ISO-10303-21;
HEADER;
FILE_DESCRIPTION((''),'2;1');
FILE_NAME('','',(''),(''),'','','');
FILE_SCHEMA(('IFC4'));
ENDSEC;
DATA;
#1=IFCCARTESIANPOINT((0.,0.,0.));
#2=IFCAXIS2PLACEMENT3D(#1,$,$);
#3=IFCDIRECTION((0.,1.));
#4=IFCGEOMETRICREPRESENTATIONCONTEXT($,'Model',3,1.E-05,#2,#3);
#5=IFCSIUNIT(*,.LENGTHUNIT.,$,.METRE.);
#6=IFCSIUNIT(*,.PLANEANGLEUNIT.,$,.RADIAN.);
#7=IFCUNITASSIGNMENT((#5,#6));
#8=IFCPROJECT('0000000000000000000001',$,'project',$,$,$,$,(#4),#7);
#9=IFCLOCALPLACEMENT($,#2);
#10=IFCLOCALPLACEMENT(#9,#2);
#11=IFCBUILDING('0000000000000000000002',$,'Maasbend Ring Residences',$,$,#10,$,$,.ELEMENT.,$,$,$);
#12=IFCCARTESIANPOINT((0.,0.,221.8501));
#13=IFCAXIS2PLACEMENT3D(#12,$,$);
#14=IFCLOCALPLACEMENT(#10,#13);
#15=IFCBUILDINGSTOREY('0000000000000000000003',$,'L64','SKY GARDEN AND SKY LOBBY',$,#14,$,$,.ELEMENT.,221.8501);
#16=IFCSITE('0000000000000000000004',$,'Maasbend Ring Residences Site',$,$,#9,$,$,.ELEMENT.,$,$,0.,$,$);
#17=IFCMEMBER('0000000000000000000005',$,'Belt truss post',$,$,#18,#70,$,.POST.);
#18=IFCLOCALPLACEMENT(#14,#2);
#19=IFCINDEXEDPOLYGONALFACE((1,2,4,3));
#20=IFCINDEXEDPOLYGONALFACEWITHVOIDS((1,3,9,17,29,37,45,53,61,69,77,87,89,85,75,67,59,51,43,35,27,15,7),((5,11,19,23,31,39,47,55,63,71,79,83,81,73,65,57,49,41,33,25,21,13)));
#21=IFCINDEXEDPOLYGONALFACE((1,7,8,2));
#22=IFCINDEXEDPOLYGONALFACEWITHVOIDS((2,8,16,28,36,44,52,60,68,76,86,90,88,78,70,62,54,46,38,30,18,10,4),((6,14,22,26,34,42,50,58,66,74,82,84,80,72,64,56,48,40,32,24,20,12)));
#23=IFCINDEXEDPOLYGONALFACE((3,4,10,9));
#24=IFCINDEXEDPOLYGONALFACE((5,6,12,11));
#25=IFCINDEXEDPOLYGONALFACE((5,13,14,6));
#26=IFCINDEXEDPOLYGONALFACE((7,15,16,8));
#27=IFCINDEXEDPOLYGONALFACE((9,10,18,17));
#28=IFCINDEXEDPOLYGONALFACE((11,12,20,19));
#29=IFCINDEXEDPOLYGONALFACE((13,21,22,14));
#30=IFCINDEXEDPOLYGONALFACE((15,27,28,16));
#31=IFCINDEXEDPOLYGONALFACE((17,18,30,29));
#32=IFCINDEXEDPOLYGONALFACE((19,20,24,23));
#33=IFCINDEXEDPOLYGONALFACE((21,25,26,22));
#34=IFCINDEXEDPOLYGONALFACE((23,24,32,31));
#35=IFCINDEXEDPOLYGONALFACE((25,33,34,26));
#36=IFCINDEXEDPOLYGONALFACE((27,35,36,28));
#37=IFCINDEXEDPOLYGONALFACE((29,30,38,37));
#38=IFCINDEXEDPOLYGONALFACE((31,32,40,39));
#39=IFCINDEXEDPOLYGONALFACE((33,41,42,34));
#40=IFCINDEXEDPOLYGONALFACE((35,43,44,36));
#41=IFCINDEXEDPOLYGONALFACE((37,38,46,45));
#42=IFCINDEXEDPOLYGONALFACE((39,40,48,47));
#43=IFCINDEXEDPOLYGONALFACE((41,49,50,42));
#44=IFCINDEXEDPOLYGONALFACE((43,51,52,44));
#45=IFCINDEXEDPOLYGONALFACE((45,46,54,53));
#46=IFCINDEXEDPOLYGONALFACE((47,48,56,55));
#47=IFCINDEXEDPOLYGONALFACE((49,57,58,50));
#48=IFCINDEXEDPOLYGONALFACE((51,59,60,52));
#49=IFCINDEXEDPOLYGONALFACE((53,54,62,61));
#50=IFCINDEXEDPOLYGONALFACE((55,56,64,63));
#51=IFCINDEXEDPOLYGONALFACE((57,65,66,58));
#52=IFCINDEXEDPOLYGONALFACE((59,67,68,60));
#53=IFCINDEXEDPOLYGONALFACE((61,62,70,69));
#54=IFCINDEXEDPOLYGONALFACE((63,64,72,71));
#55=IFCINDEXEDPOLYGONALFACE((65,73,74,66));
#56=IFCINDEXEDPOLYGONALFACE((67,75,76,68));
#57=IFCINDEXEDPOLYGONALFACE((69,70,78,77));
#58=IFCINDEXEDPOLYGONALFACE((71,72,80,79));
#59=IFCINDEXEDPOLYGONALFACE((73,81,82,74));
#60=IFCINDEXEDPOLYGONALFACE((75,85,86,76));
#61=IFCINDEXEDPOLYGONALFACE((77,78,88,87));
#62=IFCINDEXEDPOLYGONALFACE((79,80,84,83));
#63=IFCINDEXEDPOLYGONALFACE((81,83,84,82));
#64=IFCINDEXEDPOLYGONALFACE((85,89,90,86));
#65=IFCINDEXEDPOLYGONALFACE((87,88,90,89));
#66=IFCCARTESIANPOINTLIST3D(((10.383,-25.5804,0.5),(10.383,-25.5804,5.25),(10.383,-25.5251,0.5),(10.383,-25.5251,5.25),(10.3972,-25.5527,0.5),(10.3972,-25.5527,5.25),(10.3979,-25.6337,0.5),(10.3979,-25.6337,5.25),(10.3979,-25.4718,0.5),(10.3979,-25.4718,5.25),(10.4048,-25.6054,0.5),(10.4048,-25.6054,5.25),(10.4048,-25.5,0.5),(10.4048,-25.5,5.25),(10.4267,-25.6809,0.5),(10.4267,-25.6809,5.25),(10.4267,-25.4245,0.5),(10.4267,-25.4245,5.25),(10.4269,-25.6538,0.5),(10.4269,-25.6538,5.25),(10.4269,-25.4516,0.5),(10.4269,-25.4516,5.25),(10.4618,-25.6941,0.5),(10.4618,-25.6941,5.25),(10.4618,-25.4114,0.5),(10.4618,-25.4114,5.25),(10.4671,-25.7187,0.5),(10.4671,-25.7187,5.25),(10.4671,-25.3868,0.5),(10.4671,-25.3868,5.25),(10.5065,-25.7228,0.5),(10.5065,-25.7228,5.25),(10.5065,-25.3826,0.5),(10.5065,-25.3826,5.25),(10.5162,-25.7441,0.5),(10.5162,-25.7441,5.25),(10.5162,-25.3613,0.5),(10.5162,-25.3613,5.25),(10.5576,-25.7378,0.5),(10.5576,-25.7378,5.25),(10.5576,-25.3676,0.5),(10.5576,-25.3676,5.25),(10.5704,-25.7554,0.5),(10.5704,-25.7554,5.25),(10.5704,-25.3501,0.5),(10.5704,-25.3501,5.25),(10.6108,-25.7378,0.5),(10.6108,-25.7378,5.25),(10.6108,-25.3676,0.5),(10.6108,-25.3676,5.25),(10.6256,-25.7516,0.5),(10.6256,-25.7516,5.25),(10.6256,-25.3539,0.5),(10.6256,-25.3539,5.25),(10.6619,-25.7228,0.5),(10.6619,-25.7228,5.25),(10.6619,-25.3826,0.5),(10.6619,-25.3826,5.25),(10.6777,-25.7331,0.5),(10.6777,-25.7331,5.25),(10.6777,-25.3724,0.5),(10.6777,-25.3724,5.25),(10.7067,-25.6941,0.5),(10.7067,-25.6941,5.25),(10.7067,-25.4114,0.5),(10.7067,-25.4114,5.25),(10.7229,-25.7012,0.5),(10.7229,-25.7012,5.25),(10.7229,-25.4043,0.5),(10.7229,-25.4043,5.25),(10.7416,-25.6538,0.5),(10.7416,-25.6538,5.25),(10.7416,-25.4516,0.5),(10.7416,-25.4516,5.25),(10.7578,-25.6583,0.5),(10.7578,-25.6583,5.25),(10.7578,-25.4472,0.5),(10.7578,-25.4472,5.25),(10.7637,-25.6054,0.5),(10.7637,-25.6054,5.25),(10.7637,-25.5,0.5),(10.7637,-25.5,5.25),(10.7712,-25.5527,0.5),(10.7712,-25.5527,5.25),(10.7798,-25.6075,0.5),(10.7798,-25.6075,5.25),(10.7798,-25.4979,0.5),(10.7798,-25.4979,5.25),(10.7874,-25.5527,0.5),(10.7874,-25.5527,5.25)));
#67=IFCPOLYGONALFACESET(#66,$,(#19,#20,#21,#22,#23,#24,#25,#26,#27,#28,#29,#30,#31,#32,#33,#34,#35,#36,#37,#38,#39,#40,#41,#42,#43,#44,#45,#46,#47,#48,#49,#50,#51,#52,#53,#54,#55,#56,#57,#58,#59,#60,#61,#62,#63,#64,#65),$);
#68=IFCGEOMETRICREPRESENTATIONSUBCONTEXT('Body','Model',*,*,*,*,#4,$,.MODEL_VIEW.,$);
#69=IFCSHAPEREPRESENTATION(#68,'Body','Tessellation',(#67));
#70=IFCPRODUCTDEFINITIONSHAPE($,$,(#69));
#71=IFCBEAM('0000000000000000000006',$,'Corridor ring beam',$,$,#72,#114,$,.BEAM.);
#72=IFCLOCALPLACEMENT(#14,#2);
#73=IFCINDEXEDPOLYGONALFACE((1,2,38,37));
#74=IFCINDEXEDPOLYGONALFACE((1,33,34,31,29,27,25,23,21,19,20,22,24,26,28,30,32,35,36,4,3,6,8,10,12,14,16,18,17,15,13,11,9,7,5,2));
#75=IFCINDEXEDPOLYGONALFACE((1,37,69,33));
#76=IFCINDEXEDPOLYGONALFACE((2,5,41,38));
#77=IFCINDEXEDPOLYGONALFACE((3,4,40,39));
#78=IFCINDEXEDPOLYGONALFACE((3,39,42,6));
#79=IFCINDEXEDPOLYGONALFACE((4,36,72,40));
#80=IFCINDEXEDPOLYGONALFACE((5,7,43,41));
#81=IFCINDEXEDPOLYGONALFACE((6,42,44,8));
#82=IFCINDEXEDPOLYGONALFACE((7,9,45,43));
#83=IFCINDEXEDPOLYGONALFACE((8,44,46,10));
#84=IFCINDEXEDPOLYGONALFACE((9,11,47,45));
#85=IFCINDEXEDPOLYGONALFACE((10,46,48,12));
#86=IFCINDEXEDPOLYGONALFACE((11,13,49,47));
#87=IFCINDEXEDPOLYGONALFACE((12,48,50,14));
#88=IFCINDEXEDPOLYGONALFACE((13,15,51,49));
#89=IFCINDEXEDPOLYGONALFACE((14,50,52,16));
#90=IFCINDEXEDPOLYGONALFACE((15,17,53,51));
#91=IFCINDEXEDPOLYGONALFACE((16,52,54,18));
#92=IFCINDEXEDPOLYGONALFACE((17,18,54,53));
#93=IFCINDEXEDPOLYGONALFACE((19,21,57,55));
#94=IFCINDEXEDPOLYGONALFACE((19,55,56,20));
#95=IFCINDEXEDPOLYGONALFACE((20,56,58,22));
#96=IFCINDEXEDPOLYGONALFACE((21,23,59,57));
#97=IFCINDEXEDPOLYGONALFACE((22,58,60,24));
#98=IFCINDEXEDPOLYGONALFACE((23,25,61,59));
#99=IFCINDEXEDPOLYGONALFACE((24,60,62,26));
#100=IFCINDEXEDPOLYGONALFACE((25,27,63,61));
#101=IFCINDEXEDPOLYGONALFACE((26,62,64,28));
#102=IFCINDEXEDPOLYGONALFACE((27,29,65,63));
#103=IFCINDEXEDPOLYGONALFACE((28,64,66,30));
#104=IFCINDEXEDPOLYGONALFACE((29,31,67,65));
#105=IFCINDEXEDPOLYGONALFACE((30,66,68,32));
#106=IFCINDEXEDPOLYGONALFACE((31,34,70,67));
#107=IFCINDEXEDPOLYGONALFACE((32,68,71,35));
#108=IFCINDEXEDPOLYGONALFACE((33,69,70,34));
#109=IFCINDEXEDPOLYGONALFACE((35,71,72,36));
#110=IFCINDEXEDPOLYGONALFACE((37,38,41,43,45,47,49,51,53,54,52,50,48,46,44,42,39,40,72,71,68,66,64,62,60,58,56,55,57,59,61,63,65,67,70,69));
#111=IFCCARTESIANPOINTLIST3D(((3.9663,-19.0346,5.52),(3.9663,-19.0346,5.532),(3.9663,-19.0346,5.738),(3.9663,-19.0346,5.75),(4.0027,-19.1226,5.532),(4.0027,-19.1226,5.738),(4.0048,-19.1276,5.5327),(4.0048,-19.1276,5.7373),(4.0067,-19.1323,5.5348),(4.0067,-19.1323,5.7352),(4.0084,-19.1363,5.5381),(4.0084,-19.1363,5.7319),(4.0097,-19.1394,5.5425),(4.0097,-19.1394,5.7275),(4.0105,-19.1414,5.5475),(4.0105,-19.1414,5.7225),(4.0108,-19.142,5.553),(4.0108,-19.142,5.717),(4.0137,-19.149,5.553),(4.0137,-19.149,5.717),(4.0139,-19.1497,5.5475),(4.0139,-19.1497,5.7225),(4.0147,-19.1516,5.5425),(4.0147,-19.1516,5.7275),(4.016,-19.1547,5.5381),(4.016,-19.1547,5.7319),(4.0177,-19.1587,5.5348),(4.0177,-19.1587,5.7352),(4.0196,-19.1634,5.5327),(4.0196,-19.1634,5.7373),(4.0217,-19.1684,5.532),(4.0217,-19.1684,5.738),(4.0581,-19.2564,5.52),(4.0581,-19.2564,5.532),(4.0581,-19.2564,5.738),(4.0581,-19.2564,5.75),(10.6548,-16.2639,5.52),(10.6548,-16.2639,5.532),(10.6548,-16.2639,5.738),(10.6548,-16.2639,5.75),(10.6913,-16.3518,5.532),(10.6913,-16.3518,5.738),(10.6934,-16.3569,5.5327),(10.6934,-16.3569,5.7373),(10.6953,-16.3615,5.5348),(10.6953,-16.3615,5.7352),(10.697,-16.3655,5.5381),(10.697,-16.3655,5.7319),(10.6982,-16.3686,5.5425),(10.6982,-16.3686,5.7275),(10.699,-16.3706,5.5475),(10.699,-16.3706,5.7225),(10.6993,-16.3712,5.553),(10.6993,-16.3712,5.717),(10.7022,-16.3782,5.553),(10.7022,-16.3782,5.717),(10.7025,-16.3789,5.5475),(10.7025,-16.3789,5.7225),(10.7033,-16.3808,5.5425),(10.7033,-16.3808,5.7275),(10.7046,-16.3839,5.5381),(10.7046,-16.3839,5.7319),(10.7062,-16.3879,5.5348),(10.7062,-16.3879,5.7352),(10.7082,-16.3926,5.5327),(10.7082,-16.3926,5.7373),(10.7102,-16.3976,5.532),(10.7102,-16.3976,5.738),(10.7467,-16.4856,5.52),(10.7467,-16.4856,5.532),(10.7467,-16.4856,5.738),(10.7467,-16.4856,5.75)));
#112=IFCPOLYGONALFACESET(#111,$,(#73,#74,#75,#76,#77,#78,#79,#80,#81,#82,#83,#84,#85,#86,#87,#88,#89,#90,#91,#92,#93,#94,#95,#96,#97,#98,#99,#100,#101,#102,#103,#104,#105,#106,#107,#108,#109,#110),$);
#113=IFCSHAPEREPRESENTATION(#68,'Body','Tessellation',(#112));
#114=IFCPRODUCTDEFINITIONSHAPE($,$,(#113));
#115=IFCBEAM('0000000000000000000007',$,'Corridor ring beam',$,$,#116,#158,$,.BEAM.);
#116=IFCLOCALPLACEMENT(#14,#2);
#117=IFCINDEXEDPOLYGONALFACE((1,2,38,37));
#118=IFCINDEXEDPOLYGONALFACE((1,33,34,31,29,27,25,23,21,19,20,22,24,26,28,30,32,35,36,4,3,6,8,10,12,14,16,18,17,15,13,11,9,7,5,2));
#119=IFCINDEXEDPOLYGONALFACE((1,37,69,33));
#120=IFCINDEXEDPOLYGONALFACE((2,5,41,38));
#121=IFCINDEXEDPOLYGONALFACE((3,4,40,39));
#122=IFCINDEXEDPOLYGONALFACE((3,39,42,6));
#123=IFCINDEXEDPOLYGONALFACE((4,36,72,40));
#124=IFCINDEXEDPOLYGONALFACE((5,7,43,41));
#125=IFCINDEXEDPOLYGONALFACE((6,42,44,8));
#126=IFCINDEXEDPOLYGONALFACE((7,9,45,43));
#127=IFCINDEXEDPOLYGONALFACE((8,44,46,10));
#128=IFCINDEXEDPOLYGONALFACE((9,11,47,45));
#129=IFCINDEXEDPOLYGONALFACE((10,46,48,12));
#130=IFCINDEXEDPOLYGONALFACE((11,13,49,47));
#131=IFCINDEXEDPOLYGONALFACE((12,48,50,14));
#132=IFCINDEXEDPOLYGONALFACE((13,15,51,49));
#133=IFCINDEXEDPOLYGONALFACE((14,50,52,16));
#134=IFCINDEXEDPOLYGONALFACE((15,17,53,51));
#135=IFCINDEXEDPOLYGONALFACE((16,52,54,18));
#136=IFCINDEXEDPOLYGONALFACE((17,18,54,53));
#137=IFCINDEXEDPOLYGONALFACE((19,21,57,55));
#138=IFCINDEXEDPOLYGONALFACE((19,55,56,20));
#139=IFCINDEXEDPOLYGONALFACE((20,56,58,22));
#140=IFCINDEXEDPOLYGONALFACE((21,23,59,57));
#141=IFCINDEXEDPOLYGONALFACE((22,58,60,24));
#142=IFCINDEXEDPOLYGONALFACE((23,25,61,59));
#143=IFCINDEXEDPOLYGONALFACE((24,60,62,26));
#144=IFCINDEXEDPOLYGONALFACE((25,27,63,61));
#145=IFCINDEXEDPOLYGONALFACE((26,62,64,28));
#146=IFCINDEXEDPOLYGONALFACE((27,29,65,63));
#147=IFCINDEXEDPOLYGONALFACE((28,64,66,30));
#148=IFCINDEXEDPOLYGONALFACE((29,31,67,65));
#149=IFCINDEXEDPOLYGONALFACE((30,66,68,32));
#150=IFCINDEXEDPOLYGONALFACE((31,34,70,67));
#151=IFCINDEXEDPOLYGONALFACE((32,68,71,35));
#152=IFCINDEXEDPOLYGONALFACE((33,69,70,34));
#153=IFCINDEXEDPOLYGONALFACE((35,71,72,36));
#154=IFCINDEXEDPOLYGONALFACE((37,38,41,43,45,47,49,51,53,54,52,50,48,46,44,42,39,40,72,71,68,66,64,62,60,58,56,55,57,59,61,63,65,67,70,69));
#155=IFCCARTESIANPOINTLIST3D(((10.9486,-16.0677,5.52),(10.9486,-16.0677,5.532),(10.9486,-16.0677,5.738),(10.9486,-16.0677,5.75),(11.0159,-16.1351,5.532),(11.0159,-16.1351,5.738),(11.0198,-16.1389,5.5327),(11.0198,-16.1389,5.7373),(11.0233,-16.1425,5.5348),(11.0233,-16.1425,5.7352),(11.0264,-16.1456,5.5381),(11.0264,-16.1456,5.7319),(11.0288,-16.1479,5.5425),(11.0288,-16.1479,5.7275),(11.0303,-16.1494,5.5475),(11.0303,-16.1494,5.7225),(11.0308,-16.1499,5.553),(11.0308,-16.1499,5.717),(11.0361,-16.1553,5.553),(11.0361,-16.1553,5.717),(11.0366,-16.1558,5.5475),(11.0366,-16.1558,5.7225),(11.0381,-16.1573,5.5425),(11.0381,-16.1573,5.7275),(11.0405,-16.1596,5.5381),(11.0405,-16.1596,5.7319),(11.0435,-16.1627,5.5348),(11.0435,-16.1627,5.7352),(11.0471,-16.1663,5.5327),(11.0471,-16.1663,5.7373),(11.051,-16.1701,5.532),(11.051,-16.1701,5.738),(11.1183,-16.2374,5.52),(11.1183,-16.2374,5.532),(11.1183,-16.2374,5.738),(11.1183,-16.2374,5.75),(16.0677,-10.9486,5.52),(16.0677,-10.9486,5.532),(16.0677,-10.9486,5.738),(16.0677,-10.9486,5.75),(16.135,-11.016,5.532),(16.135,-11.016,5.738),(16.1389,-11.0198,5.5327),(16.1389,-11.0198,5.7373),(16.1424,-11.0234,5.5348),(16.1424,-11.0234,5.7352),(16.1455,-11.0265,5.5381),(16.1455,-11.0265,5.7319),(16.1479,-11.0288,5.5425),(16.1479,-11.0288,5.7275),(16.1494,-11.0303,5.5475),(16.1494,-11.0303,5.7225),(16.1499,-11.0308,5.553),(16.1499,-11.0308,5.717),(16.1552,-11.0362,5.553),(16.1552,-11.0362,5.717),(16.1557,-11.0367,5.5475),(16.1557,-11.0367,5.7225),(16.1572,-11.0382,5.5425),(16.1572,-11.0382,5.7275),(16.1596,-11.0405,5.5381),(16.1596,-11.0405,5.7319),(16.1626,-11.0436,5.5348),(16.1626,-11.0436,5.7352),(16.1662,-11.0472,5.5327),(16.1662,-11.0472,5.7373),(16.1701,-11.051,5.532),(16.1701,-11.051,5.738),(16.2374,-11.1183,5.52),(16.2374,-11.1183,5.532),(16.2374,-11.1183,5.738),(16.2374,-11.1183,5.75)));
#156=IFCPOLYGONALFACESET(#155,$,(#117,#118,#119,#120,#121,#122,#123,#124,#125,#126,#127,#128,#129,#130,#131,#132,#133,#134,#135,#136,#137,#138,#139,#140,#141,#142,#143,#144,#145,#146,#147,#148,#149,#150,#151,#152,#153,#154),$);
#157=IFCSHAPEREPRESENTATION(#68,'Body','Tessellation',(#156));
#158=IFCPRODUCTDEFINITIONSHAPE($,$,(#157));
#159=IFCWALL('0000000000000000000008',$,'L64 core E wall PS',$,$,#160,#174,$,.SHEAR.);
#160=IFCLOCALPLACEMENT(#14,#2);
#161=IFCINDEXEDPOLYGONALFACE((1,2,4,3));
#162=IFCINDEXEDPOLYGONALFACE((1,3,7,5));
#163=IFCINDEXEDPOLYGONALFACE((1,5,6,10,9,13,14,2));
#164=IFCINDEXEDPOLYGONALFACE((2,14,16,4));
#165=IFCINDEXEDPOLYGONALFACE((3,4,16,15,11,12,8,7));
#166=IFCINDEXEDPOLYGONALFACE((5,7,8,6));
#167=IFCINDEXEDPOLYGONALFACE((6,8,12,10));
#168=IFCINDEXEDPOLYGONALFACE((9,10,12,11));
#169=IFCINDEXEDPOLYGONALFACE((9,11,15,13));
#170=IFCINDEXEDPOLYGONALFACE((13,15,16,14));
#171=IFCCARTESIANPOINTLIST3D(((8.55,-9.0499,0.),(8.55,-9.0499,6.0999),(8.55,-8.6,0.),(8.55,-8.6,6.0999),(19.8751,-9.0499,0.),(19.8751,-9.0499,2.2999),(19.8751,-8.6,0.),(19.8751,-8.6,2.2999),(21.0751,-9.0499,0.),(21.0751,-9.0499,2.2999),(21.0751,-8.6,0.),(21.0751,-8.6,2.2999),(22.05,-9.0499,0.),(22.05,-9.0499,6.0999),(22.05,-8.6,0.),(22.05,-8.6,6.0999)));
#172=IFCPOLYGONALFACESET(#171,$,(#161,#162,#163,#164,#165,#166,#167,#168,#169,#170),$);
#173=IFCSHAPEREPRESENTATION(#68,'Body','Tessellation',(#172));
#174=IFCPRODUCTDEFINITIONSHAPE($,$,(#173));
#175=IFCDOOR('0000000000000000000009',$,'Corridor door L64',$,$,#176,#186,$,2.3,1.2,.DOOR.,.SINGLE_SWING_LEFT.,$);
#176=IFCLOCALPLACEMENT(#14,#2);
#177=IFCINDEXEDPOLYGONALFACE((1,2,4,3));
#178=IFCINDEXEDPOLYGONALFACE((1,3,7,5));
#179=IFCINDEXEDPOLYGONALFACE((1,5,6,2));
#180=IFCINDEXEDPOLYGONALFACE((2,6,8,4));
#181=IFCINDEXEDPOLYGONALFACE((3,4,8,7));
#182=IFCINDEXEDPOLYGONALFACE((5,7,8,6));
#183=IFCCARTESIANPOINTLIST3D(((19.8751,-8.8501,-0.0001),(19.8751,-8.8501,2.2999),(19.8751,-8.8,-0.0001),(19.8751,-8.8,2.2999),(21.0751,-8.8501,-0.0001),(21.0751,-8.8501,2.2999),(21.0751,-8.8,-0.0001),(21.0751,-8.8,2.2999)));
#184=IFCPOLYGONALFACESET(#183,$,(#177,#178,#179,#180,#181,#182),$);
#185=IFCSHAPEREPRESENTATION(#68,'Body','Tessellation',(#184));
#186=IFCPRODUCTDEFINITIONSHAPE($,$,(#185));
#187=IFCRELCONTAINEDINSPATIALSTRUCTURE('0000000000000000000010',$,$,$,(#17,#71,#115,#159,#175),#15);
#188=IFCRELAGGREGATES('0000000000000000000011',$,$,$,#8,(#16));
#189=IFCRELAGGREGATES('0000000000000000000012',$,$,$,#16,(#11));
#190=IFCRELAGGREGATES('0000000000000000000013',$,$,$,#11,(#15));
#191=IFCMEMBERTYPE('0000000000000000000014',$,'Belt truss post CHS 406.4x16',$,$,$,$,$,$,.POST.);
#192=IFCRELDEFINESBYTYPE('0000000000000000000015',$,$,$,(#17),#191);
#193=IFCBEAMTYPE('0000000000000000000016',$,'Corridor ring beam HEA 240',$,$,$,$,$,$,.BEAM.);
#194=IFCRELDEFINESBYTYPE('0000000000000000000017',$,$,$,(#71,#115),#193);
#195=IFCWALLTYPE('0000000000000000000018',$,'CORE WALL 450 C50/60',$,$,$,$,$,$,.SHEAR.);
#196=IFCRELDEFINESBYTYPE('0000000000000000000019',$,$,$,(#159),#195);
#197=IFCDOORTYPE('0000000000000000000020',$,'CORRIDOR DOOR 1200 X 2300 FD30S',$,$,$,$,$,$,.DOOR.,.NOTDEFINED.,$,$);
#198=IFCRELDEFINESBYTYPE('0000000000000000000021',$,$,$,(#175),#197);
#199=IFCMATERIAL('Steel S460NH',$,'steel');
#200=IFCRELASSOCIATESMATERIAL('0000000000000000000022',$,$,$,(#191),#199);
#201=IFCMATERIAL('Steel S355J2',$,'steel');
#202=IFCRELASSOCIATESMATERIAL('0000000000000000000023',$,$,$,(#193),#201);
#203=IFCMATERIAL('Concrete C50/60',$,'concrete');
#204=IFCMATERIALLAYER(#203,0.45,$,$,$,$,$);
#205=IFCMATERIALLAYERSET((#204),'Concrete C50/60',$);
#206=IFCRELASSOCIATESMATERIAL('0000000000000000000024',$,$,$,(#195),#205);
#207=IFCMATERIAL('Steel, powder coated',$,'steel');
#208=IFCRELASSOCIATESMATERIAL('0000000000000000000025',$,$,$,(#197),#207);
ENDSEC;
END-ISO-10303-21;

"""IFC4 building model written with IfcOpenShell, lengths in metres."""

from ifc_helpers import new_model, si_unit, direction, frame, frame_2d, origin, origin_2d, place, context, subcontext, project, spatial, rectangle, hollow_circle, i_section, extrude, material, layer, layer_set, material_profile, profile_set, type_object, element, fill, save


model = new_model("IFC4")

# Units and contexts
model_context = context("Model", 3, precision=1e-05, world=origin(), true_north=direction((0.0, 1.0)))
body_context = subcontext(model_context, "Body", "Model", "MODEL_VIEW")
ifc_project = project(units=[si_unit("LENGTHUNIT", "METRE"), si_unit("PLANEANGLEUNIT", "RADIAN")], contexts=[model_context])

# Site, building, storey
site_placement = place(None, origin())
site = spatial("IfcSite", under=ifc_project, at=site_placement, Name="Maasbend Ring Residences Site", CompositionType="ELEMENT", RefElevation=0.0)
building_placement = place(site_placement, origin())
building = spatial("IfcBuilding", under=site, at=building_placement, Name="Maasbend Ring Residences", CompositionType="ELEMENT")
storey_placement = place(building_placement, frame((0.0, 0.0, 221.8501)))
storey = spatial("IfcBuildingStorey", under=building, at=storey_placement, Name="L64", Description="SKY GARDEN AND SKY LOBBY", CompositionType="ELEMENT", Elevation=221.8501)

# Member
ifc_material_1 = material(Name="Steel S460NH", Category="steel")
ifc_material_profile_1 = material_profile(ifc_material_1, hollow_circle(Radius=0.2031, WallThickness=0.0161, at=origin_2d()), Name="Belt truss post CHS 406.4x16")
ifc_profile_set_1 = profile_set([ifc_material_profile_1], Name="Steel S460NH")
member_type_1 = type_object("IfcMemberType", Name="Belt truss post CHS 406.4x16", PredefinedType="POST", material=ifc_profile_set_1)
member_placement = place(storey_placement, frame((10.5842, -25.5527, 0.5), z_axis=(0.0, 0.0, 1.0), x_axis=(1.0, 0.0, 0.0)))
element("IfcMember", 1, at=member_placement, inside=storey, type_object=member_type_1, Name="Belt truss post", PredefinedType="POST", context=body_context, shape_type="SweptSolid", body=[
    extrude(hollow_circle(Radius=0.2031, WallThickness=0.0161, at=origin_2d()), origin(), (0.0, 0.0, 1.0), 4.75),
])

# Beams
ifc_material_2 = material(Name="Steel S355J2", Category="steel")
ifc_material_profile_2 = material_profile(ifc_material_2, i_section(OverallWidth=0.24, OverallDepth=0.23, WebThickness=0.0076, FlangeThickness=0.012, FilletRadius=0.021, at=origin_2d()), Name="HEA 240")
ifc_profile_set_2 = profile_set([ifc_material_profile_2], Name="Steel S355J2")
beam_type_1 = type_object("IfcBeamType", Name="Corridor ring beam HEA 240", PredefinedType="BEAM", material=ifc_profile_set_2)
beam_1_placement = place(storey_placement, frame((4.0122, -19.1455, 5.635), z_axis=(0.923865, 0.382718, 0.0), x_axis=(-0.382718, 0.923865, 0.0)))
element("IfcBeam", 2, at=beam_1_placement, inside=storey, type_object=beam_type_1, Name="Corridor ring beam", PredefinedType="BEAM", context=body_context, shape_type="SweptSolid", body=[
    extrude(i_section(OverallWidth=0.24, OverallDepth=0.23, WebThickness=0.0076, FlangeThickness=0.012, FilletRadius=0.021, at=origin_2d()), origin(), (0.0, 0.0, 1.0), 7.2397),
])
beam_2_placement = place(storey_placement, frame((11.0334, -16.1526, 5.635), z_axis=(0.707107, 0.707107, 0.0), x_axis=(-0.707107, 0.707107, 0.0)))
element("IfcBeam", 3, at=beam_2_placement, inside=storey, type_object=beam_type_1, Name="Corridor ring beam", PredefinedType="BEAM", context=body_context, shape_type="SweptSolid", body=[
    extrude(i_section(OverallWidth=0.24, OverallDepth=0.23, WebThickness=0.0076, FlangeThickness=0.012, FilletRadius=0.021, at=origin_2d()), origin(), (0.0, 0.0, 1.0), 7.2395),
])

# Wall, opening, door
ifc_material_3 = material(Name="Concrete C50/60", Category="concrete")
ifc_layer_1 = layer(ifc_material_3, 0.45)
ifc_layer_set_1 = layer_set([ifc_layer_1], Name="Concrete C50/60")
wall_type_1 = type_object("IfcWallType", Name="CORE WALL 450 C50/60", PredefinedType="SHEAR", material=ifc_layer_set_1)
wall_1_placement = place(storey_placement, frame((8.55, -8.825, 0.0), z_axis=(0.0, 0.0, 1.0), x_axis=(1.0, 0.0, 0.0)))
wall_1 = element("IfcWall", 4, at=wall_1_placement, inside=storey, type_object=wall_type_1, Name="L64 core E wall PS", PredefinedType="SHEAR", context=body_context, shape_type="SweptSolid", body=[
    extrude(rectangle(XDim=13.5, YDim=0.45, at=frame_2d((6.75, 0.0))), origin(), (0.0, 0.0, 1.0), 6.0999),
])
opening_1_placement = place(wall_1_placement, frame((11.325, 0.0, 0.0)))
opening_1 = element("IfcOpeningElement", 5, at=opening_1_placement, cuts=wall_1, PredefinedType="OPENING", context=body_context, shape_type="SweptSolid", body=[
    extrude(rectangle(XDim=1.2, YDim=2.3, at=frame_2d((0.6001, 1.1499))), frame((0.0, 0.2349, 0.0), z_axis=(0.0, -1.0, 0.0), x_axis=(1.0, 0.0, 0.0)), (0.0, 0.0, 1.0), 0.47),
])
ifc_material_4 = material(Name="Steel, powder coated", Category="steel")
door_type_1 = type_object("IfcDoorType", Name="CORRIDOR DOOR 1200 X 2300 FD30S", OperationType="NOTDEFINED", PredefinedType="DOOR", material=ifc_material_4)
door_1_placement = place(opening_1_placement, origin())
door_1 = element("IfcDoor", 6, at=door_1_placement, inside=storey, type_object=door_type_1, Name="Corridor door L64", OperationType="SINGLE_SWING_LEFT", OverallHeight=2.3, OverallWidth=1.2, PredefinedType="DOOR", context=body_context, shape_type="SweptSolid", body=[
    extrude(rectangle(XDim=1.2, YDim=2.3, at=frame_2d((0.6001, 1.1499))), frame((0.0, 0.0249, 0.0), z_axis=(0.0, -1.0, 0.0), x_axis=(1.0, 0.0, 0.0)), (0.0, 0.0, 1.0), 0.05),
])
fill(opening_1, door_1)

save(model, "model.ifc")
